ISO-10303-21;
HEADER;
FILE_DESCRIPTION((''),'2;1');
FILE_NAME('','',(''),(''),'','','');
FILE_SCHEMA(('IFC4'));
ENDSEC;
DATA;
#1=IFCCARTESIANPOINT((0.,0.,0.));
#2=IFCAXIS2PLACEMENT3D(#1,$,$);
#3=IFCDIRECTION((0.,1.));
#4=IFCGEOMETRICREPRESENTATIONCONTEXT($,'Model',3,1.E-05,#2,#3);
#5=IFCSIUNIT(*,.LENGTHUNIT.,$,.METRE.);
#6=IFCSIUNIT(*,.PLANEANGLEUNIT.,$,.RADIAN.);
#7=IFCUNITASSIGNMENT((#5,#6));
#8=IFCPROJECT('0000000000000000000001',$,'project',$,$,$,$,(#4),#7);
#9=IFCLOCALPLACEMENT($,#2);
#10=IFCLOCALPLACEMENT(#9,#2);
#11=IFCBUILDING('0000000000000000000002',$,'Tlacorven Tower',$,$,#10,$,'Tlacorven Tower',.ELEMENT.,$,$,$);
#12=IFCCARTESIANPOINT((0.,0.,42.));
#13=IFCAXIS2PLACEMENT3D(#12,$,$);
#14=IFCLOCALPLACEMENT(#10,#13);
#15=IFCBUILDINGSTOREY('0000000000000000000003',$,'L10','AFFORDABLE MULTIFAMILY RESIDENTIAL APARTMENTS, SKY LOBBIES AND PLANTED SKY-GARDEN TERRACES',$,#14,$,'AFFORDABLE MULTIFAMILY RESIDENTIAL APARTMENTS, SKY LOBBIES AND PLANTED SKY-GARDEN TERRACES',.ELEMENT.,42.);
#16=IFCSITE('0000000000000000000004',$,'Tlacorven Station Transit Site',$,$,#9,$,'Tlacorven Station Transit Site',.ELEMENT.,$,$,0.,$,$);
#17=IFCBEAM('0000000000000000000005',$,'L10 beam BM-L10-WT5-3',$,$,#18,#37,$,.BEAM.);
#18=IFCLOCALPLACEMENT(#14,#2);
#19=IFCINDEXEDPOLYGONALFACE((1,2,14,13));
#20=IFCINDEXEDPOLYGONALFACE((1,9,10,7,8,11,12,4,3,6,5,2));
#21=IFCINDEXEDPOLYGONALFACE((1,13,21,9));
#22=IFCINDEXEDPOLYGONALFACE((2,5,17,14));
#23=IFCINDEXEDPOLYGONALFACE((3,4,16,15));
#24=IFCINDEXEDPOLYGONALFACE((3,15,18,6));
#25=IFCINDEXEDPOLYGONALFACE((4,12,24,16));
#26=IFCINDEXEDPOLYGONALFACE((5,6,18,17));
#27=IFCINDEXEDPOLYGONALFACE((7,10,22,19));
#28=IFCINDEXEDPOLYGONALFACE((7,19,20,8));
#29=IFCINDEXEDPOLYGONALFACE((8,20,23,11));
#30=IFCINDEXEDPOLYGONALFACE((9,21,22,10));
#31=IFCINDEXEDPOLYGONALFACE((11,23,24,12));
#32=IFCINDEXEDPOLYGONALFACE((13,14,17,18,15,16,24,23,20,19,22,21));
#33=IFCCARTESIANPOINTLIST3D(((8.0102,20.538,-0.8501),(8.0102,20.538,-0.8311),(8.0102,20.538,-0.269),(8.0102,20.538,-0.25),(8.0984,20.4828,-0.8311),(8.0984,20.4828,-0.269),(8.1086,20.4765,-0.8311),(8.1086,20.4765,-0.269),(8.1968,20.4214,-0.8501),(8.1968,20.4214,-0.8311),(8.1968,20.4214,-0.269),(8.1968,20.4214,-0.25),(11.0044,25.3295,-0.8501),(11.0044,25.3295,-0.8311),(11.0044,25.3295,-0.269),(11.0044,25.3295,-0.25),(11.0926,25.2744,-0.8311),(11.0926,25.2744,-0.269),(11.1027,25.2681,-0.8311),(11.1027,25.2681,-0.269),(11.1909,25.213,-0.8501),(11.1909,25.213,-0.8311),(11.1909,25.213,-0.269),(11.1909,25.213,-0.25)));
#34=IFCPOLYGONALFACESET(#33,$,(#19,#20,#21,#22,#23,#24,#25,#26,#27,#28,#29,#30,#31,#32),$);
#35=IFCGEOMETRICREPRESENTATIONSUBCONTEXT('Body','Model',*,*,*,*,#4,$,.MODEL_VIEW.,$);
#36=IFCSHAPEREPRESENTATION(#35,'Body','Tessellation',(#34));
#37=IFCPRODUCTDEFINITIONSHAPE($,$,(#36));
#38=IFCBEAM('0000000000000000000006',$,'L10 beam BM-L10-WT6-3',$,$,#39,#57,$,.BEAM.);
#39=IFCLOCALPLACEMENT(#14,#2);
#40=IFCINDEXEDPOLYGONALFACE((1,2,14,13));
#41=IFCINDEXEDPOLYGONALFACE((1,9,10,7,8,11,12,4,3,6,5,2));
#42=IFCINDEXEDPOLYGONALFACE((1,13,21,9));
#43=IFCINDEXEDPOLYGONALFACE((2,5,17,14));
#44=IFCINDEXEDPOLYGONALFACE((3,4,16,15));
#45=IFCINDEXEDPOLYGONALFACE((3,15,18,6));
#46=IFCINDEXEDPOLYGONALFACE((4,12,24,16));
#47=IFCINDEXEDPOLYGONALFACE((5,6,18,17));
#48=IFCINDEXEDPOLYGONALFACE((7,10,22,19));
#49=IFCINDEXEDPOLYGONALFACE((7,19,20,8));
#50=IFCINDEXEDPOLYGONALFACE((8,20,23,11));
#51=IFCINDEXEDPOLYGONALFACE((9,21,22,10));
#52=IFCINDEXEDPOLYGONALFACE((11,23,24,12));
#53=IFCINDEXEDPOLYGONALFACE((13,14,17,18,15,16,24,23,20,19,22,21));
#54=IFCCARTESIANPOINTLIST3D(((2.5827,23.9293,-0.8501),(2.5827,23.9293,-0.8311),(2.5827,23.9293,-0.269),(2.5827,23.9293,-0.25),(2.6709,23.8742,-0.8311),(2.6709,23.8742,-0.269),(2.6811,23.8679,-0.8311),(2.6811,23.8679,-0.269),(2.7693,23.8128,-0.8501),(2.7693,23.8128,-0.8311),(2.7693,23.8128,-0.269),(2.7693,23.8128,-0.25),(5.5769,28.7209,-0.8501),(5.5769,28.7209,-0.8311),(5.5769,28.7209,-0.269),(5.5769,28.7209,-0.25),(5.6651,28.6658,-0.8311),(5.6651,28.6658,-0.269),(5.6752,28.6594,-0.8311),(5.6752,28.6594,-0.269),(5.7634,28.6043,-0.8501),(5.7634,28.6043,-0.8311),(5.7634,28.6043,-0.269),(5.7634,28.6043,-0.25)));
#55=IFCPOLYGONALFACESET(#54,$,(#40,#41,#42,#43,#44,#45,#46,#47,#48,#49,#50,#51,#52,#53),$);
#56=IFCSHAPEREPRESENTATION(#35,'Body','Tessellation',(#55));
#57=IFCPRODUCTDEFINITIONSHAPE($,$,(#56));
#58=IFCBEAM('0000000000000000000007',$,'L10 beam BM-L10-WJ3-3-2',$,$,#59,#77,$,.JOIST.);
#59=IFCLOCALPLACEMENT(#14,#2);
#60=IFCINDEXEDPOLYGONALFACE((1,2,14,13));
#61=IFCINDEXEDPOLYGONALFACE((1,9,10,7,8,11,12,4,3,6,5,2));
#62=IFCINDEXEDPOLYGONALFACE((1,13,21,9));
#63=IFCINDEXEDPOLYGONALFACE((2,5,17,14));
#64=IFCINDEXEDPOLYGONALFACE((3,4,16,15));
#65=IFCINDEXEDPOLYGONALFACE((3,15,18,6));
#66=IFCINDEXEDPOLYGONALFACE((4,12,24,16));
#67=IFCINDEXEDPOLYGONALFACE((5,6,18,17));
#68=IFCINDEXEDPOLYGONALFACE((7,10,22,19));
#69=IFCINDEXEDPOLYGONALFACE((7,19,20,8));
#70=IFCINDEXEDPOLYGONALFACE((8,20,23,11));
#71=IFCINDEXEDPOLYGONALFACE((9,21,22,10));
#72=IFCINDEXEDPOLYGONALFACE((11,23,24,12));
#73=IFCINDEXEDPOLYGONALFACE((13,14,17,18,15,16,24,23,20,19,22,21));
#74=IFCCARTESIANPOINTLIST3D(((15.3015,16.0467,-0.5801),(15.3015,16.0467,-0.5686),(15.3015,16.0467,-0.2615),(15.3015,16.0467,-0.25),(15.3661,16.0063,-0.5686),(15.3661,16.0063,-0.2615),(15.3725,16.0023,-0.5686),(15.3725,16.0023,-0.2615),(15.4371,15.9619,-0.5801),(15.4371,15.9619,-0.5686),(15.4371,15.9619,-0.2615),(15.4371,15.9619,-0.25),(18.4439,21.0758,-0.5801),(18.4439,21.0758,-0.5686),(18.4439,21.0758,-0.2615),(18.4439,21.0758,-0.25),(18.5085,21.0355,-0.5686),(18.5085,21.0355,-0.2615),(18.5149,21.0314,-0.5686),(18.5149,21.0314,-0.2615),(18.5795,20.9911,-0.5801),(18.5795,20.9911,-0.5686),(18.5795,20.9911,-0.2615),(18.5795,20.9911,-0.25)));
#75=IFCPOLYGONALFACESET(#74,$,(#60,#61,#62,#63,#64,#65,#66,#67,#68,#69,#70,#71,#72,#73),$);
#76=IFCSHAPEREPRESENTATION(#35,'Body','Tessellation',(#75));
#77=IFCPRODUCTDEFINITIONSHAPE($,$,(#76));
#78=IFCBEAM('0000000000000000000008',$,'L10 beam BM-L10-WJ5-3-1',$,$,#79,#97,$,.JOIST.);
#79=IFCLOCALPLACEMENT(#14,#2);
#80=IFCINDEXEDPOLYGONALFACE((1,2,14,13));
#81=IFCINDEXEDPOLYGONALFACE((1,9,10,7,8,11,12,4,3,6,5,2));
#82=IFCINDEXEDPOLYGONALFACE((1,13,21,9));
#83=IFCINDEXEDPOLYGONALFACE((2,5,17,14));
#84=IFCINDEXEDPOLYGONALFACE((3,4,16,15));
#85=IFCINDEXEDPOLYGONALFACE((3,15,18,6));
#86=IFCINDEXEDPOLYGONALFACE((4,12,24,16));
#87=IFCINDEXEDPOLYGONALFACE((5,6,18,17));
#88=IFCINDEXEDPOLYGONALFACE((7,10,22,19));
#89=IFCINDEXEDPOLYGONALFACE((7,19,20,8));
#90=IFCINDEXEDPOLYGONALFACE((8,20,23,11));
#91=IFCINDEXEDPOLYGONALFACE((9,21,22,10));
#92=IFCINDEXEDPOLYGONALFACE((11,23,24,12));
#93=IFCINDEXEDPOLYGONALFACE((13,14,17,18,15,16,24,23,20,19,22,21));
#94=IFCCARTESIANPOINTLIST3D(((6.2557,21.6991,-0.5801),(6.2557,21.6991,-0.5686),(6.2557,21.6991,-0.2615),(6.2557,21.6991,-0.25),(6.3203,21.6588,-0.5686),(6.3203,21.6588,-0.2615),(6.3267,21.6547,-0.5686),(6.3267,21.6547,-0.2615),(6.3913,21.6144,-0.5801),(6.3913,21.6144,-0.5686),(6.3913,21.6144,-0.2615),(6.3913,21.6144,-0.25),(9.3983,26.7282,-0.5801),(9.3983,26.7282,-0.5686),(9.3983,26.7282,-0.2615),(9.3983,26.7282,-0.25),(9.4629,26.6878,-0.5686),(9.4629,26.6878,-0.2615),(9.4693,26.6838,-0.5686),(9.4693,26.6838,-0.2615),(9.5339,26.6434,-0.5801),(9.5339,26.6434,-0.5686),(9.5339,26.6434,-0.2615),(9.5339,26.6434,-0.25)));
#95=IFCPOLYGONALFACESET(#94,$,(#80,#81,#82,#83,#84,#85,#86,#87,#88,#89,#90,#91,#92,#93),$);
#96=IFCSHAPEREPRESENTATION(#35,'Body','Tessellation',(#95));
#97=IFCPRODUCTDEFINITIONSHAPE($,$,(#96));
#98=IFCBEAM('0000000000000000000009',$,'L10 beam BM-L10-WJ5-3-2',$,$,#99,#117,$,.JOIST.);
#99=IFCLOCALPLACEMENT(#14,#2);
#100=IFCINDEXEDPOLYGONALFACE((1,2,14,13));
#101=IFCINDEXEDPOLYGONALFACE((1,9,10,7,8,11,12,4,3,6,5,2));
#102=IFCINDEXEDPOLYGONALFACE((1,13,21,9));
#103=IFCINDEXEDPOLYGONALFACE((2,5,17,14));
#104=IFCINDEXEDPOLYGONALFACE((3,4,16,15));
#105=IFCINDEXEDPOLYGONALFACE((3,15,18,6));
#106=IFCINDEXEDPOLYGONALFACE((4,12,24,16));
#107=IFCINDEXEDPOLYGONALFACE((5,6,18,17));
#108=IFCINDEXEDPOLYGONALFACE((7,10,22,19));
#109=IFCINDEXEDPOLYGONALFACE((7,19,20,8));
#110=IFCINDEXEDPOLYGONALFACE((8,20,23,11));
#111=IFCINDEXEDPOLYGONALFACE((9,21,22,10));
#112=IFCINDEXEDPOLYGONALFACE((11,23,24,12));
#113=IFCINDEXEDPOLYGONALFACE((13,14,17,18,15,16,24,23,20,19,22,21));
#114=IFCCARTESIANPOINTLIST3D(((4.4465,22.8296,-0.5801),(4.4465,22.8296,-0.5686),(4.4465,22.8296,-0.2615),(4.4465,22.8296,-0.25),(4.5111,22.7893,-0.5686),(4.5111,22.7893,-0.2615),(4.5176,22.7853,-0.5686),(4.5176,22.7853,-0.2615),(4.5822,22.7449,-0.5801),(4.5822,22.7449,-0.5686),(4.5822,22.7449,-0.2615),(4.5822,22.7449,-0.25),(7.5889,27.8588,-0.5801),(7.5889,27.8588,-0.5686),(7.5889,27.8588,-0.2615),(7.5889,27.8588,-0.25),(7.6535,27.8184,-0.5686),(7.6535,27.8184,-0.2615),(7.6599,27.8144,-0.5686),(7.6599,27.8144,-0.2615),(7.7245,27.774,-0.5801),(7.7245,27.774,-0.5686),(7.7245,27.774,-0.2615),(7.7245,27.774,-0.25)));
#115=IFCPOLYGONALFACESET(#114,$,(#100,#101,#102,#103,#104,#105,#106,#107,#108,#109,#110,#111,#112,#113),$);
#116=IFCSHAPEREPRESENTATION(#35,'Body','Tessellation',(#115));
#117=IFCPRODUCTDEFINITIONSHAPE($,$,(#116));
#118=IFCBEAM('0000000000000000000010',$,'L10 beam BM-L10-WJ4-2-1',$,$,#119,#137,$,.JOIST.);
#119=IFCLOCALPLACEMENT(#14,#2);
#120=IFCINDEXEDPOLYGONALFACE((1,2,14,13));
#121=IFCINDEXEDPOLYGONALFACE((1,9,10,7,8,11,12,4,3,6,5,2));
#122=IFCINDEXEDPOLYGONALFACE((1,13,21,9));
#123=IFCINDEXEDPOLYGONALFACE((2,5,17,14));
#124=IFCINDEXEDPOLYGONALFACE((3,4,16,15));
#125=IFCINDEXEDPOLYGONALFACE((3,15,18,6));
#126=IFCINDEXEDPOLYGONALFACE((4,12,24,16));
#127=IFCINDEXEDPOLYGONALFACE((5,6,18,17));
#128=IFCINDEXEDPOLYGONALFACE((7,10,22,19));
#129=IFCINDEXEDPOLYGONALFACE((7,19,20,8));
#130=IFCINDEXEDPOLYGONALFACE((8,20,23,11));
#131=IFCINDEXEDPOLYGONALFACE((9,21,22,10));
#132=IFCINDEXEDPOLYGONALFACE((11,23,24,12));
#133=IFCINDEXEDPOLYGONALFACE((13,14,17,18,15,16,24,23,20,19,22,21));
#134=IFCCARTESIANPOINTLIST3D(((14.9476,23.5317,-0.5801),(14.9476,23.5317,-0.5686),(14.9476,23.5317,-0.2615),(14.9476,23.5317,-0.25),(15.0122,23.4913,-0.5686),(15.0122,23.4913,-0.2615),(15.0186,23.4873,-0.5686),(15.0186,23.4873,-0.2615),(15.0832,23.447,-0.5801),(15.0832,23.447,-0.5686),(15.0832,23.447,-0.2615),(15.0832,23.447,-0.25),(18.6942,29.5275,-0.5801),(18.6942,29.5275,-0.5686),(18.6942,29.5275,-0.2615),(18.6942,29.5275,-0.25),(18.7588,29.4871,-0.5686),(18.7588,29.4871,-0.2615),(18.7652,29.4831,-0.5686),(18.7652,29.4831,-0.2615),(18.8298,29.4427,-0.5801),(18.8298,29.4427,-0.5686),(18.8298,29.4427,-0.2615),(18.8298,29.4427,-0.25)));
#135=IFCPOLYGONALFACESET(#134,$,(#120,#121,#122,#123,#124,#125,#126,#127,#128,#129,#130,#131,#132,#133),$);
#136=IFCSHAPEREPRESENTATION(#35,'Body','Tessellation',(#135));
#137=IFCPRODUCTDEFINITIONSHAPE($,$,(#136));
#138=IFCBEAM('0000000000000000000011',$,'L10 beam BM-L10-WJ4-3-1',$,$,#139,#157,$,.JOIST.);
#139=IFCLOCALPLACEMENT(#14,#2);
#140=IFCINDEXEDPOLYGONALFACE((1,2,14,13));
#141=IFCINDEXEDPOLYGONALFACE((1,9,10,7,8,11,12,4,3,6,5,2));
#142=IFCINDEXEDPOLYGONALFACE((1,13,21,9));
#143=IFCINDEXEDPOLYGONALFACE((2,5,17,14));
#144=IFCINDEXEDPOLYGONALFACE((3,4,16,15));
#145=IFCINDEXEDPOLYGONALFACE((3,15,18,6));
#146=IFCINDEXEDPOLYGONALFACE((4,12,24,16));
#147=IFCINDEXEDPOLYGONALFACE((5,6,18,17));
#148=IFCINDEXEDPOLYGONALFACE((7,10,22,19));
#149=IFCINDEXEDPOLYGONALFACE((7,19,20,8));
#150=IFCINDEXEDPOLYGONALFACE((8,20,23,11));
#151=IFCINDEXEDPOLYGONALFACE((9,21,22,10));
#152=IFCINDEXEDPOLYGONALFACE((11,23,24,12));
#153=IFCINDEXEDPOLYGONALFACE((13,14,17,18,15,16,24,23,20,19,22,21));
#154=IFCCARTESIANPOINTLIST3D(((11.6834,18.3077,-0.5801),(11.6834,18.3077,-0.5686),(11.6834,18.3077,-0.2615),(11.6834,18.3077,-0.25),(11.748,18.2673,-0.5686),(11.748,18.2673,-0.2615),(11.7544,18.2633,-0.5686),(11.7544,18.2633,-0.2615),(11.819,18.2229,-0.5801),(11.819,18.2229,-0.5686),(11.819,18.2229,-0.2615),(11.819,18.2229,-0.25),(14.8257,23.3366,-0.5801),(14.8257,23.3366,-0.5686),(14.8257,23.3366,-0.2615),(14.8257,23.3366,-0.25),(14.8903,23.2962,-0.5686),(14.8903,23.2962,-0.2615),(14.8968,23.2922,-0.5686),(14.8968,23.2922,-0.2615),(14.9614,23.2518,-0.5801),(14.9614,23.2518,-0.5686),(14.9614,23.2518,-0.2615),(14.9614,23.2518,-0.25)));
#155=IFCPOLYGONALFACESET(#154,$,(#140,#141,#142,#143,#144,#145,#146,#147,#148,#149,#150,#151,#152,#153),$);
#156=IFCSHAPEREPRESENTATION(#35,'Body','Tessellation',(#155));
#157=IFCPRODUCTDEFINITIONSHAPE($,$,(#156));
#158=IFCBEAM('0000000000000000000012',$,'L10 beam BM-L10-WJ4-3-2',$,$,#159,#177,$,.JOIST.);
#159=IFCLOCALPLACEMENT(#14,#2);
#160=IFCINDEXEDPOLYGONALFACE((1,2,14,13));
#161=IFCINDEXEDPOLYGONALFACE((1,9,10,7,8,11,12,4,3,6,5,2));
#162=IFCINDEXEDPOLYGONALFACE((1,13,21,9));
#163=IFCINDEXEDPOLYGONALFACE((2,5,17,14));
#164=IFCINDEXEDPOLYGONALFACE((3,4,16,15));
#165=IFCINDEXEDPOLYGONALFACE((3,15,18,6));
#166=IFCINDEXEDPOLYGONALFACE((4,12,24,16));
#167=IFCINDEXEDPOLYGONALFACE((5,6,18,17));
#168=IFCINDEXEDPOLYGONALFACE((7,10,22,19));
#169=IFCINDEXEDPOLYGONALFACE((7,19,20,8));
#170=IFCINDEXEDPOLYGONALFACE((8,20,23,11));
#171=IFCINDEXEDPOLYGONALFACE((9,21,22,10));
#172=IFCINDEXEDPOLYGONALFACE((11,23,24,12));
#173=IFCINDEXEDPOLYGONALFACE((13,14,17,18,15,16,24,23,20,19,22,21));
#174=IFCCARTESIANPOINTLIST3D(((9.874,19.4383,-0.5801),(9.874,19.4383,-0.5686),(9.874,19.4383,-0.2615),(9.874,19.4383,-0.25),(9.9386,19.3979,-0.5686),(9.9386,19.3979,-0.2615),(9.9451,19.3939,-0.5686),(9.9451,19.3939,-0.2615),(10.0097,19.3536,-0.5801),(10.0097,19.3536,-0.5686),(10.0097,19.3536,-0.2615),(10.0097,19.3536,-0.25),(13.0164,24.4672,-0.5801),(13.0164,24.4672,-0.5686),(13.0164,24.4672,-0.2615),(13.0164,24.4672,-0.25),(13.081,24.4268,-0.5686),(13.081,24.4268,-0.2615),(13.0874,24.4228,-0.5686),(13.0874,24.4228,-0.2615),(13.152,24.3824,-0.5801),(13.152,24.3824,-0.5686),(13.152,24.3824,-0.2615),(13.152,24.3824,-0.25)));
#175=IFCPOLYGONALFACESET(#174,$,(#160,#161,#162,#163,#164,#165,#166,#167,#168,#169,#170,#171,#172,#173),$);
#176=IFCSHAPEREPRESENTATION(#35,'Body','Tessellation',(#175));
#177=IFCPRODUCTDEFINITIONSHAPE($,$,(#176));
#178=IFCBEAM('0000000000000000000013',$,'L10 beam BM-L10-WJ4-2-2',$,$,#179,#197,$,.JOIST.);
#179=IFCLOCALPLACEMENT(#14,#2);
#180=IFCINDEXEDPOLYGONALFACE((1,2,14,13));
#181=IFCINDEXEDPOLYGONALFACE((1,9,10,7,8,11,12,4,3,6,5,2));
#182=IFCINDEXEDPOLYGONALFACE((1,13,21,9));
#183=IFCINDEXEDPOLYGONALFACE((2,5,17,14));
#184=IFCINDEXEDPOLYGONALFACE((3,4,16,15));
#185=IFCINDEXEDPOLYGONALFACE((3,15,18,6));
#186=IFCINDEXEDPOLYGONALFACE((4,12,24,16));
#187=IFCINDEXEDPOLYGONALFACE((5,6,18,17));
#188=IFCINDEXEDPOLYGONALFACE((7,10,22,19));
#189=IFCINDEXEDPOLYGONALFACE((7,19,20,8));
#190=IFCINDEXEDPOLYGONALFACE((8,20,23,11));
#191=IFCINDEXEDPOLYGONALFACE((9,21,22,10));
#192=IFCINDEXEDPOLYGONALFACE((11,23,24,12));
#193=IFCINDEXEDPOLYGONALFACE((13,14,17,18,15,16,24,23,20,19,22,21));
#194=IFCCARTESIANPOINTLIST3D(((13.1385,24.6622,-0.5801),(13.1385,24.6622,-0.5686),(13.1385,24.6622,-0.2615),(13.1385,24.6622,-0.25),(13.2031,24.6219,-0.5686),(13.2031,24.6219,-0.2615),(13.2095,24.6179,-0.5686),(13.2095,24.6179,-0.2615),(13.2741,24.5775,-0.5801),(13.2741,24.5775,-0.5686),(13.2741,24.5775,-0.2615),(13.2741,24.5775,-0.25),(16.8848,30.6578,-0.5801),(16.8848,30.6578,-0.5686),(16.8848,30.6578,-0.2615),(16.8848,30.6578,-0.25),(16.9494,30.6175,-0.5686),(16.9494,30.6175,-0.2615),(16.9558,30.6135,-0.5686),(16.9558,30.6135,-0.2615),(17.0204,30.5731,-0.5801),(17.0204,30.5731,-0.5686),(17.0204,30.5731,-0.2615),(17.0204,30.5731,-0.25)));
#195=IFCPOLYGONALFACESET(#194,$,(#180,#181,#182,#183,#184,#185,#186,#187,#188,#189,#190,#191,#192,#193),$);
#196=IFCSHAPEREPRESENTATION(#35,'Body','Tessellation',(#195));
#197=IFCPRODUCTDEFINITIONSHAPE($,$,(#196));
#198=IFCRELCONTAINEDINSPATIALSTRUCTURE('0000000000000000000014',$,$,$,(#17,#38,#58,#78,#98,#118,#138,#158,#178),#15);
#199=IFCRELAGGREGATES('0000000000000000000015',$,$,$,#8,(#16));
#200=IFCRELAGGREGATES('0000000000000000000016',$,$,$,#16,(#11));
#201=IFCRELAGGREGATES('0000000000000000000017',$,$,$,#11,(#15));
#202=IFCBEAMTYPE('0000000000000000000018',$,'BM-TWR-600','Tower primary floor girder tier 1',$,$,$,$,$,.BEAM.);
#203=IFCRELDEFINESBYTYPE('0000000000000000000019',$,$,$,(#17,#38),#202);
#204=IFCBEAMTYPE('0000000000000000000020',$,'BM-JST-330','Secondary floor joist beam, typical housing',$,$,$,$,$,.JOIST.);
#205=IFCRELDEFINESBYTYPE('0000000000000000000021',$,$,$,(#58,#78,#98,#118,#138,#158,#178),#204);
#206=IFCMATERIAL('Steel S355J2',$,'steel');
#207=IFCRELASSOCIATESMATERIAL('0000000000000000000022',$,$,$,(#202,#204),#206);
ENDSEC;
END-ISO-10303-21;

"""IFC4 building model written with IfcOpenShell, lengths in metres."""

from ifc_helpers import new_model, si_unit, direction, frame, origin, origin_2d, place, context, subcontext, project, spatial, i_section, extrude, source, transform, mapped, material, material_profile, profile_set, type_object, element, save


model = new_model("IFC4")

# Units and contexts
model_context = context("Model", 3, precision=1e-05, world=origin(), true_north=direction((0.0, 1.0)))
body_context = subcontext(model_context, "Body", "Model", "MODEL_VIEW")
ifc_project = project(units=[si_unit("LENGTHUNIT", "METRE"), si_unit("PLANEANGLEUNIT", "RADIAN")], contexts=[model_context])

# Site, building, storey
site_placement = place(None, origin())
site = spatial("IfcSite", under=ifc_project, at=site_placement, Name="Tlacorven Station Transit Site", LongName="Tlacorven Station Transit Site", CompositionType="ELEMENT", RefElevation=0.0)
building_placement = place(site_placement, origin())
building = spatial("IfcBuilding", under=site, at=building_placement, Name="Tlacorven Tower", LongName="Tlacorven Tower", CompositionType="ELEMENT")
storey_placement = place(building_placement, frame((0.0, 0.0, 42.0)))
storey = spatial("IfcBuildingStorey", under=building, at=storey_placement, Name="L10", Description="AFFORDABLE MULTIFAMILY RESIDENTIAL APARTMENTS, SKY LOBBIES AND PLANTED SKY-GARDEN TERRACES", LongName="AFFORDABLE MULTIFAMILY RESIDENTIAL APARTMENTS, SKY LOBBIES AND PLANTED SKY-GARDEN TERRACES", CompositionType="ELEMENT", Elevation=42.0)

# Beams
ifc_material_1 = material(Name="Steel S355J2", Category="steel")
ifc_material_profile_1 = material_profile(ifc_material_1, i_section(OverallWidth=0.22, OverallDepth=0.6001, WebThickness=0.012, FlangeThickness=0.019, at=origin_2d()), Name="IPE 600")
ifc_profile_set_1 = profile_set([ifc_material_profile_1], Name="Steel S355J2")
beam_type_1 = type_object("IfcBeamType", Name="BM-TWR-600", Description="Tower primary floor girder tier 1", PredefinedType="BEAM", material=ifc_profile_set_1)
shared_shape_1 = source(origin(), body_context, "Body", "SweptSolid", [
    extrude(i_section(OverallWidth=0.22, OverallDepth=0.6001, WebThickness=0.012, FlangeThickness=0.019, at=origin_2d()), origin(), (0.0, 0.0, 1.0), 5.6501),
])
for number, where, z_axis, x_axis, name in (
    (1, (11.0977, 25.2712, -0.55), (-0.529929, -0.848042, 0.0), (0.848042, -0.529929, 0.0), "L10 beam BM-L10-WT5-3"),
    (2, (5.6702, 28.6626, -0.55), (-0.529929, -0.848042, 0.0), (0.848042, -0.529929, 0.0), "L10 beam BM-L10-WT6-3"),
):
    element("IfcBeam", number, at=place(storey_placement, frame(where, z_axis=z_axis, x_axis=x_axis)), inside=storey, type_object=beam_type_1, Name=name, PredefinedType="BEAM", context=body_context, shape_type="MappedRepresentation", body=[
        mapped(shared_shape_1, transform((0.0, 0.0, 0.0), scale=1.0)),
    ])
ifc_material_profile_2 = material_profile(ifc_material_1, i_section(OverallWidth=0.1599, OverallDepth=0.3301, WebThickness=0.0076, FlangeThickness=0.0115, at=origin_2d()), Name="IPE 330")
ifc_profile_set_2 = profile_set([ifc_material_profile_2], Name="Steel S355J2")
beam_type_2 = type_object("IfcBeamType", Name="BM-JST-330", Description="Secondary floor joist beam, typical housing", PredefinedType="JOIST", material=ifc_profile_set_2)
shared_shape_2 = source(origin(), body_context, "Body", "SweptSolid", [
    extrude(i_section(OverallWidth=0.1599, OverallDepth=0.3301, WebThickness=0.0076, FlangeThickness=0.0115, at=origin_2d()), origin(), (0.0, 0.0, 1.0), 5.9302),
])
for number, where, z_axis, x_axis, name in (
    (3, (18.5117, 21.0334, -0.415), (-0.529899, -0.848061, 0.0), (0.848061, -0.529899, 0.0), "L10 beam BM-L10-WJ3-3-2"),
    (4, (9.4661, 26.6858, -0.415), (-0.529929, -0.848042, 0.0), (0.848042, -0.529929, 0.0), "L10 beam BM-L10-WJ5-3-1"),
    (5, (7.6567, 27.8164, -0.415), (-0.529899, -0.848061, 0.0), (0.848061, -0.529899, 0.0), "L10 beam BM-L10-WJ5-3-2"),
):
    element("IfcBeam", number, at=place(storey_placement, frame(where, z_axis=z_axis, x_axis=x_axis)), inside=storey, type_object=beam_type_2, Name=name, PredefinedType="JOIST", context=body_context, shape_type="MappedRepresentation", body=[
        mapped(shared_shape_2, transform((0.0, 0.0, 0.0), scale=1.0)),
    ])
shared_shape_3 = source(origin(), body_context, "Body", "SweptSolid", [
    extrude(i_section(OverallWidth=0.1599, OverallDepth=0.3301, WebThickness=0.0076, FlangeThickness=0.0115, at=origin_2d()), origin(), (0.0, 0.0, 1.0), 7.0701),
])
beam_1_placement = place(storey_placement, frame((18.762, 29.4851, -0.415), z_axis=(-0.529915, -0.848051, 0.0), x_axis=(0.848051, -0.529915, 0.0)))
element("IfcBeam", 6, at=beam_1_placement, inside=storey, type_object=beam_type_2, Name="L10 beam BM-L10-WJ4-2-1", PredefinedType="JOIST", context=body_context, shape_type="MappedRepresentation", body=[
    mapped(shared_shape_3, transform((0.0, 0.0, 0.0), scale=1.0)),
])
shared_shape_4 = source(origin(), body_context, "Body", "SweptSolid", [
    extrude(i_section(OverallWidth=0.1599, OverallDepth=0.3301, WebThickness=0.0076, FlangeThickness=0.0115, at=origin_2d()), origin(), (0.0, 0.0, 1.0), 5.9299),
])
for number, where, z_axis, x_axis, name in (
    (7, (14.8936, 23.2942, -0.415), (-0.529918, -0.848049, 0.0), (0.848049, -0.529918, 0.0), "L10 beam BM-L10-WJ4-3-1"),
    (8, (13.0842, 24.4248, -0.415), (-0.529918, -0.848049, 0.0), (0.848049, -0.529918, 0.0), "L10 beam BM-L10-WJ4-3-2"),
):
    element("IfcBeam", number, at=place(storey_placement, frame(where, z_axis=z_axis, x_axis=x_axis)), inside=storey, type_object=beam_type_2, Name=name, PredefinedType="JOIST", context=body_context, shape_type="MappedRepresentation", body=[
        mapped(shared_shape_4, transform((0.0, 0.0, 0.0), scale=1.0)),
    ])
shared_shape_5 = source(origin(), body_context, "Body", "SweptSolid", [
    extrude(i_section(OverallWidth=0.1599, OverallDepth=0.3301, WebThickness=0.0076, FlangeThickness=0.0115, at=origin_2d()), origin(), (0.0, 0.0, 1.0), 7.0698),
])
beam_2_placement = place(storey_placement, frame((16.9526, 30.6155, -0.415), z_axis=(-0.529906, -0.848057, 0.0), x_axis=(0.848057, -0.529906, 0.0)))
element("IfcBeam", 9, at=beam_2_placement, inside=storey, type_object=beam_type_2, Name="L10 beam BM-L10-WJ4-2-2", PredefinedType="JOIST", context=body_context, shape_type="MappedRepresentation", body=[
    mapped(shared_shape_5, transform((0.0, 0.0, 0.0), scale=1.0)),
])

save(model, "model.ifc")
